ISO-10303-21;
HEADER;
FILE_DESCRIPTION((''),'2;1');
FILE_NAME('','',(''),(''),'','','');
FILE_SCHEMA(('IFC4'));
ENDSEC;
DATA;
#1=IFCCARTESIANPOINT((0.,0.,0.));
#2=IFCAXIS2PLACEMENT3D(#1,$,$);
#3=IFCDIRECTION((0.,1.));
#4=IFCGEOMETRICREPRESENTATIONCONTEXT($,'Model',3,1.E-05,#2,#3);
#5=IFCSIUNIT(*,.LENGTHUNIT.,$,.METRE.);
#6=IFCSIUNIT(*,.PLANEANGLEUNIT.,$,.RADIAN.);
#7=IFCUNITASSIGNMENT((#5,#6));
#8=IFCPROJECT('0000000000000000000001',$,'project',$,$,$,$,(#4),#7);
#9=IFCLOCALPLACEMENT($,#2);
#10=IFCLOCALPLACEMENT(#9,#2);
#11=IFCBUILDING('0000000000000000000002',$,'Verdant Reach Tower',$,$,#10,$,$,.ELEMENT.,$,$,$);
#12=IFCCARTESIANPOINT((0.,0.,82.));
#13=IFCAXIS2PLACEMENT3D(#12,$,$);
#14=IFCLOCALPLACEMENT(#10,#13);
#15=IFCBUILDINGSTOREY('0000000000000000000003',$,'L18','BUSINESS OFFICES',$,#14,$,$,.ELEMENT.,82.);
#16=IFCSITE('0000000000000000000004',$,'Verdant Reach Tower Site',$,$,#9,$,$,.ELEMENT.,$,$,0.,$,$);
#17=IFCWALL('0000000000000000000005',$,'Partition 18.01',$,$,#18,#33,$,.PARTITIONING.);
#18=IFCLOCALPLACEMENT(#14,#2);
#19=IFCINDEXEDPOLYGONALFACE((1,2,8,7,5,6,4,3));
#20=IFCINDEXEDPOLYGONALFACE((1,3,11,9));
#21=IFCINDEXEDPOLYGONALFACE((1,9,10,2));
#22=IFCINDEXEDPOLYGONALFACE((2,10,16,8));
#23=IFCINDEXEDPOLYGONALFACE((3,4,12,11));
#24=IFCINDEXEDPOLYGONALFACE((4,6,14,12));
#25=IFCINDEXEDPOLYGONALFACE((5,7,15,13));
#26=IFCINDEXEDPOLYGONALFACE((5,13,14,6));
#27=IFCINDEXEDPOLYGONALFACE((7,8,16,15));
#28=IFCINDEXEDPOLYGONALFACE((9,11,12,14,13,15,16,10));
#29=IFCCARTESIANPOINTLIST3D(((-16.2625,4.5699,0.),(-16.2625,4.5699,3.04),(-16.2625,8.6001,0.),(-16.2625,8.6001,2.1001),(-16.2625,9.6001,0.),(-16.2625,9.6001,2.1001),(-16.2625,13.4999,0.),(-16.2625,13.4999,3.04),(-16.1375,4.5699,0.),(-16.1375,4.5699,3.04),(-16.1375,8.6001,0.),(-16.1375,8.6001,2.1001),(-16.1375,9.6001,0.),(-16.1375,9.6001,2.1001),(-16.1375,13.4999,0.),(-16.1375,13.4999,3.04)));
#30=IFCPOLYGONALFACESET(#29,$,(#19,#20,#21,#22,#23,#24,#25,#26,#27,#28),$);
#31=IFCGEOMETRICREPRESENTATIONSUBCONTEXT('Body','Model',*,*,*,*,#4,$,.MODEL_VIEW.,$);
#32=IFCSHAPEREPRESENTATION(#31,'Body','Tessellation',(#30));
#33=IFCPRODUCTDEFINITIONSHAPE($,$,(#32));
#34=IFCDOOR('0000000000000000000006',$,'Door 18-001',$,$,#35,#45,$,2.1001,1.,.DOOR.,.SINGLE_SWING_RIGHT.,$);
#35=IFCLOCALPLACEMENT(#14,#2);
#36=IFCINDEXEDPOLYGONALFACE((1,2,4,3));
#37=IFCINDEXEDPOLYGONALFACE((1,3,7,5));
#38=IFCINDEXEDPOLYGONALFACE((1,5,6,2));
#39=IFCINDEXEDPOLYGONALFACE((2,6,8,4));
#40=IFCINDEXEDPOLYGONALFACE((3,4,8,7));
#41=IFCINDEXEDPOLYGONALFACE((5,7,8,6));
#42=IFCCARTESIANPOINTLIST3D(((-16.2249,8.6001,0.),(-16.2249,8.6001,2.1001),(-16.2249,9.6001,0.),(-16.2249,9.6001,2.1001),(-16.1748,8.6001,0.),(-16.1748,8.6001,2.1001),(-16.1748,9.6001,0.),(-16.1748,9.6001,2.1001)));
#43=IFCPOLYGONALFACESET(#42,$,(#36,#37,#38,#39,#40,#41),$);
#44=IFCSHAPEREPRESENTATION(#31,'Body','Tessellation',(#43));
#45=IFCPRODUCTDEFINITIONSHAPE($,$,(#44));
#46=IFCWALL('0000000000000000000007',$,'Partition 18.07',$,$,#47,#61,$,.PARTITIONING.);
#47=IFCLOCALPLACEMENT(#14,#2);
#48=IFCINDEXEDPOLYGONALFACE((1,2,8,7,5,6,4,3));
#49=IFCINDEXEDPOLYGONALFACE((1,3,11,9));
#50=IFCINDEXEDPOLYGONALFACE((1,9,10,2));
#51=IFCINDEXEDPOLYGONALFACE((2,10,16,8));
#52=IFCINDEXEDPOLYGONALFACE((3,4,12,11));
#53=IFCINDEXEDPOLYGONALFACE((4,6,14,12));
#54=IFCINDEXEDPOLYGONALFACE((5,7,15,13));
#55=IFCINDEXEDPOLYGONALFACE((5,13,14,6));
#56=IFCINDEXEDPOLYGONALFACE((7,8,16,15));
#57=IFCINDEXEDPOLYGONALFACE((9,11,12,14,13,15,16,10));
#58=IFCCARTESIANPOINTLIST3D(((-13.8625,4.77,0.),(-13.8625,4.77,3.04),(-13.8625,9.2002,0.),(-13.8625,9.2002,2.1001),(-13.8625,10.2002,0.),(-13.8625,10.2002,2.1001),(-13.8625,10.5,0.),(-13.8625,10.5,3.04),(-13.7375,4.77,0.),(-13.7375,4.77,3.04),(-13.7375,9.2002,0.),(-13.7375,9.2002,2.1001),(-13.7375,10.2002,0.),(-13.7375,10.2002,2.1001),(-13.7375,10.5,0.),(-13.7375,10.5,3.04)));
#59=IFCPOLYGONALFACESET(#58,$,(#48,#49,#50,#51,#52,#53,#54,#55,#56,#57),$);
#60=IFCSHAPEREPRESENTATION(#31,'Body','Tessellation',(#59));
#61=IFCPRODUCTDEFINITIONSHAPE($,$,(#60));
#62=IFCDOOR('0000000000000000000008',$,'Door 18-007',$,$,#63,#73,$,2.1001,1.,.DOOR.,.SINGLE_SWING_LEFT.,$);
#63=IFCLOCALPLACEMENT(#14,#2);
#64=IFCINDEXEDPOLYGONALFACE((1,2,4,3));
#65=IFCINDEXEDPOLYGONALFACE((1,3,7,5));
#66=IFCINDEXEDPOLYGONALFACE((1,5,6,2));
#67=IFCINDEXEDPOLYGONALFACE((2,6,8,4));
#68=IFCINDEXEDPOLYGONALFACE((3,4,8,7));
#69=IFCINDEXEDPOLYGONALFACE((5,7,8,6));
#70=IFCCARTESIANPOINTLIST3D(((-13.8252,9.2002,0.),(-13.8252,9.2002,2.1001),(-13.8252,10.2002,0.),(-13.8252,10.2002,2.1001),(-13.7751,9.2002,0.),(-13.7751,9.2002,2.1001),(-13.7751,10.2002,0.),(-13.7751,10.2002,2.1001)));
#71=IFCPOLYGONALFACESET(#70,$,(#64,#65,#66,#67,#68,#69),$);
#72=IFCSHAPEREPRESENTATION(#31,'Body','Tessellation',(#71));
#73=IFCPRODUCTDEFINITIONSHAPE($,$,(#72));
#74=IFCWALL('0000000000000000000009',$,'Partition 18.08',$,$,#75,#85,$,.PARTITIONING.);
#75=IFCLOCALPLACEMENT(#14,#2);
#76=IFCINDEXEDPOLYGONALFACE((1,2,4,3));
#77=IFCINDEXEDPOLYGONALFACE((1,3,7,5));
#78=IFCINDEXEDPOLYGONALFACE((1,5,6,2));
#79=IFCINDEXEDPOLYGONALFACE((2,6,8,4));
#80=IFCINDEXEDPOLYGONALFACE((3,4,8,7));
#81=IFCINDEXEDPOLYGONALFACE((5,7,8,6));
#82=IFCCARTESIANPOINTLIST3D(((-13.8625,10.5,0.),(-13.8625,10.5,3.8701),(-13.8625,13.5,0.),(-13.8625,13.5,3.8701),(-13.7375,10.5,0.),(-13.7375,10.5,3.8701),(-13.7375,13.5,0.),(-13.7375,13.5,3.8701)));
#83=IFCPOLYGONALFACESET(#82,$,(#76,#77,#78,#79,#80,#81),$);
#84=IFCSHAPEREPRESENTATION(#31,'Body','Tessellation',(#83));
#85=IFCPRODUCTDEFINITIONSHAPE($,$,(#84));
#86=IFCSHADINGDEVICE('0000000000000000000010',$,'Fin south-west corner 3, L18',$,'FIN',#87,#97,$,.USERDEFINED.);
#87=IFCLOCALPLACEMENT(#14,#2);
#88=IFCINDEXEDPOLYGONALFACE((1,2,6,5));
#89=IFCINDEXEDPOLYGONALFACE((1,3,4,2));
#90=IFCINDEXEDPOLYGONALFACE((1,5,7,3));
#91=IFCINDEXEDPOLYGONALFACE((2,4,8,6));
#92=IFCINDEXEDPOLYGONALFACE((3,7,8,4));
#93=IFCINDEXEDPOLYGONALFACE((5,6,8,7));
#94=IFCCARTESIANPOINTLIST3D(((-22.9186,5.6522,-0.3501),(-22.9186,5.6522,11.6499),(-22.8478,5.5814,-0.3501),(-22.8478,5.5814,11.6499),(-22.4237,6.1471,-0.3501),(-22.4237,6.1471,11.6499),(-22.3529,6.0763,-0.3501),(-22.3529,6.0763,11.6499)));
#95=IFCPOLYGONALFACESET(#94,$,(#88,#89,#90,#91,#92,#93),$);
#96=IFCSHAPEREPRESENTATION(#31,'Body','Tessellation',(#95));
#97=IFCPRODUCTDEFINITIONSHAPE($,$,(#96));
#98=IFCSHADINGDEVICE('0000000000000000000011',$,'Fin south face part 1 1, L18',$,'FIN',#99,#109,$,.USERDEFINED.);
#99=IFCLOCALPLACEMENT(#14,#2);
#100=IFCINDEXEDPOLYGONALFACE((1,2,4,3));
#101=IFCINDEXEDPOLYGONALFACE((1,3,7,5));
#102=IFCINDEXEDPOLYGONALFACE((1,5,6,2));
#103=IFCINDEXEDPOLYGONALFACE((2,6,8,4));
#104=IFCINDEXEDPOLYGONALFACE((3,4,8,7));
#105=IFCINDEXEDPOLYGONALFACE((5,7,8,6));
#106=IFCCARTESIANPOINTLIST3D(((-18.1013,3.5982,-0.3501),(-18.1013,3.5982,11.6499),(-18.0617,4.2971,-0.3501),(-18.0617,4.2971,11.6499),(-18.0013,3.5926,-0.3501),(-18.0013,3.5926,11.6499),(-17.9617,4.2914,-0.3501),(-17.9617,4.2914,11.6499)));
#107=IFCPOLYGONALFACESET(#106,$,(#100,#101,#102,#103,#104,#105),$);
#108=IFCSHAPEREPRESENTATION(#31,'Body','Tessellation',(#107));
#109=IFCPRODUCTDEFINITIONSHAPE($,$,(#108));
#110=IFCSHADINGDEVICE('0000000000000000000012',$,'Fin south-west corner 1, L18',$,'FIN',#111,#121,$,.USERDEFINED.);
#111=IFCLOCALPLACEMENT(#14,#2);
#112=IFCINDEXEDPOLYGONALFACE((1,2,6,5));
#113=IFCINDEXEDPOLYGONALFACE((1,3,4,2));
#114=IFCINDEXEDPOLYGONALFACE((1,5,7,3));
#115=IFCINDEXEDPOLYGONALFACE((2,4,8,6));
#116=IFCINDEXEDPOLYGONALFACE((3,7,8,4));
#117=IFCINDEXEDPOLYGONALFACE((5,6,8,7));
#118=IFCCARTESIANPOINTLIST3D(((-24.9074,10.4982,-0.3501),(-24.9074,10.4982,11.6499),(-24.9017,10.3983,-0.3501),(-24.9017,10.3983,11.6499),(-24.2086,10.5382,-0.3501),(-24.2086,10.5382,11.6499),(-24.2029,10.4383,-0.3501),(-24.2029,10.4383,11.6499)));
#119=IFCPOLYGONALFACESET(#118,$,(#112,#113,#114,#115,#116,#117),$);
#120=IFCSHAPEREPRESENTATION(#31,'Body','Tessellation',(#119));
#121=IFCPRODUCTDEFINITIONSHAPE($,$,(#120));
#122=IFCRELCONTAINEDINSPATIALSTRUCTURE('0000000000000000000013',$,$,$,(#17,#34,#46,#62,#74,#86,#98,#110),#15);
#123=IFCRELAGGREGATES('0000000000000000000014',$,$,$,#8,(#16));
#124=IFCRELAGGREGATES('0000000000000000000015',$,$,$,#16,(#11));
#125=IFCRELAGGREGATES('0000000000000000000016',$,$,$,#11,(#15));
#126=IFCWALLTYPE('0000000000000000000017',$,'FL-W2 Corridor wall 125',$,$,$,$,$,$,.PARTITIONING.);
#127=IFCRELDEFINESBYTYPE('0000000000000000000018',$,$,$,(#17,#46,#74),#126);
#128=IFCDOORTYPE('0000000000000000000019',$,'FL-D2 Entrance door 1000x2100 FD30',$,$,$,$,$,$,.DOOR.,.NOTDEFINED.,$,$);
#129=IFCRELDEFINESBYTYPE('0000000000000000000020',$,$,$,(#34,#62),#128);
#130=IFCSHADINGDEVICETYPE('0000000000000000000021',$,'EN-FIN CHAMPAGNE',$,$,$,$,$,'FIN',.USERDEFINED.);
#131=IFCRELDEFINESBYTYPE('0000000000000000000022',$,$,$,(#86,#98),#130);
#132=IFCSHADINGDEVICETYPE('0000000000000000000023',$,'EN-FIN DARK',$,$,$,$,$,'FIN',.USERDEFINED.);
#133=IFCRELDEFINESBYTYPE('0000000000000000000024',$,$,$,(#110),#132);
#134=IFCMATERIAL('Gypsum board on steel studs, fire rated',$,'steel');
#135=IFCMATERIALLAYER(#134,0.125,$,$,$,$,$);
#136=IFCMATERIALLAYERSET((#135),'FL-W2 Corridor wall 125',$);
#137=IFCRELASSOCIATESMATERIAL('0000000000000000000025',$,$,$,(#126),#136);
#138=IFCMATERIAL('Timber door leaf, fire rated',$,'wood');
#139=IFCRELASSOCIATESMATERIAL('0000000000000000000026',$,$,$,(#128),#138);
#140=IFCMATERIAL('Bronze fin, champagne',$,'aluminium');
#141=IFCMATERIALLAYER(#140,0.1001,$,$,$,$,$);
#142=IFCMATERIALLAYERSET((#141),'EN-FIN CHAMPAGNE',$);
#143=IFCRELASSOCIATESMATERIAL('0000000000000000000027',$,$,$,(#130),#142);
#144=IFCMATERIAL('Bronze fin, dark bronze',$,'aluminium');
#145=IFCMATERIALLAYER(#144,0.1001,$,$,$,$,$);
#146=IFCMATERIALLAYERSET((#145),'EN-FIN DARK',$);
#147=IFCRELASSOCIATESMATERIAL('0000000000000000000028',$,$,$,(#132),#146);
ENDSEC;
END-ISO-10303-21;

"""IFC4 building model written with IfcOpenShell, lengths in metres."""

from ifc_helpers import new_model, si_unit, direction, frame, frame_2d, origin, origin_2d, place, context, subcontext, project, spatial, rectangle, extrude, material, layer, layer_set, type_object, element, fill, save


model = new_model("IFC4")

# Units and contexts
model_context = context("Model", 3, precision=1e-05, world=origin(), true_north=direction((0.0, 1.0)))
body_context = subcontext(model_context, "Body", "Model", "MODEL_VIEW")
ifc_project = project(units=[si_unit("LENGTHUNIT", "METRE"), si_unit("PLANEANGLEUNIT", "RADIAN")], contexts=[model_context])

# Site, building, storey
site_placement = place(None, origin())
site = spatial("IfcSite", under=ifc_project, at=site_placement, Name="Verdant Reach Tower Site", CompositionType="ELEMENT", RefElevation=0.0)
building_placement = place(site_placement, origin())
building = spatial("IfcBuilding", under=site, at=building_placement, Name="Verdant Reach Tower", CompositionType="ELEMENT")
storey_placement = place(building_placement, frame((0.0, 0.0, 82.0)))
storey = spatial("IfcBuildingStorey", under=building, at=storey_placement, Name="L18", Description="BUSINESS OFFICES", CompositionType="ELEMENT", Elevation=82.0)

# Walls, openings, doors
ifc_material_1 = material(Name="Gypsum board on steel studs, fire rated", Category="steel")
ifc_layer_1 = layer(ifc_material_1, 0.125)
ifc_layer_set_1 = layer_set([ifc_layer_1], Name="FL-W2 Corridor wall 125")
wall_type_1 = type_object("IfcWallType", Name="FL-W2 Corridor wall 125", PredefinedType="PARTITIONING", material=ifc_layer_set_1)
wall_1_placement = place(storey_placement, frame((-16.2, 4.5701, 0.0), z_axis=(0.0, 0.0, 1.0), x_axis=(0.0, 1.0, 0.0)))
wall_1 = element("IfcWall", 1, at=wall_1_placement, inside=storey, type_object=wall_type_1, Name="Partition 18.01", PredefinedType="PARTITIONING", context=body_context, shape_type="SweptSolid", body=[
    extrude(rectangle(XDim=8.9299, YDim=0.125, at=frame_2d((4.4648, 0.0))), origin(), (0.0, 0.0, 1.0), 3.04),
])
opening_1_placement = place(wall_1_placement, frame((4.03, 0.0, 0.0)))
opening_1 = element("IfcOpeningElement", 2, at=opening_1_placement, cuts=wall_1, PredefinedType="OPENING", context=body_context, shape_type="SweptSolid", body=[
    extrude(rectangle(XDim=1.0, YDim=2.1001, at=frame_2d((0.5, 1.05))), frame((0.0, 0.0725, 0.0), z_axis=(0.0, -1.0, 0.0), x_axis=(1.0, 0.0, 0.0)), (0.0, 0.0, 1.0), 0.145),
])
ifc_material_2 = material(Name="Timber door leaf, fire rated", Category="wood")
door_type_1 = type_object("IfcDoorType", Name="FL-D2 Entrance door 1000x2100 FD30", OperationType="NOTDEFINED", PredefinedType="DOOR", material=ifc_material_2)
door_1_placement = place(opening_1_placement, origin())
door_1 = element("IfcDoor", 3, at=door_1_placement, inside=storey, type_object=door_type_1, Name="Door 18-001", OperationType="SINGLE_SWING_RIGHT", OverallHeight=2.1001, OverallWidth=1.0, PredefinedType="DOOR", context=body_context, shape_type="SweptSolid", body=[
    extrude(rectangle(XDim=1.0, YDim=2.1001, at=frame_2d((0.5, 1.05))), frame((0.0, 0.0249, 0.0), z_axis=(0.0, -1.0, 0.0), x_axis=(1.0, 0.0, 0.0)), (0.0, 0.0, 1.0), 0.05),
])
fill(opening_1, door_1)
wall_2_placement = place(storey_placement, frame((-13.8, 10.5, 0.0), z_axis=(0.0, 0.0, 1.0), x_axis=(0.0, -1.0, 0.0)))
wall_2 = element("IfcWall", 4, at=wall_2_placement, inside=storey, type_object=wall_type_1, Name="Partition 18.07", PredefinedType="PARTITIONING", context=body_context, shape_type="SweptSolid", body=[
    extrude(rectangle(XDim=5.73, YDim=0.125, at=frame_2d((2.865, 0.0))), origin(), (0.0, 0.0, 1.0), 3.04),
])
opening_2_placement = place(wall_2_placement, frame((0.2998, 0.0, 0.0)))
opening_2 = element("IfcOpeningElement", 5, at=opening_2_placement, cuts=wall_2, PredefinedType="OPENING", context=body_context, shape_type="SweptSolid", body=[
    extrude(rectangle(XDim=1.0, YDim=2.1001, at=frame_2d((0.5, 1.05))), frame((0.0, 0.0725, 0.0), z_axis=(0.0, -1.0, 0.0), x_axis=(1.0, 0.0, 0.0)), (0.0, 0.0, 1.0), 0.145),
])
door_2_placement = place(opening_2_placement, origin())
door_2 = element("IfcDoor", 6, at=door_2_placement, inside=storey, type_object=door_type_1, Name="Door 18-007", OperationType="SINGLE_SWING_LEFT", OverallHeight=2.1001, OverallWidth=1.0, PredefinedType="DOOR", context=body_context, shape_type="SweptSolid", body=[
    extrude(rectangle(XDim=1.0, YDim=2.1001, at=frame_2d((0.5, 1.05))), frame((0.0, 0.0249, 0.0), z_axis=(0.0, -1.0, 0.0), x_axis=(1.0, 0.0, 0.0)), (0.0, 0.0, 1.0), 0.05),
])
fill(opening_2, door_2)

# Wall
wall_3_placement = place(storey_placement, frame((-13.8, 10.5, 0.0), z_axis=(0.0, 0.0, 1.0), x_axis=(0.0, 1.0, 0.0)))
element("IfcWall", 7, at=wall_3_placement, inside=storey, type_object=wall_type_1, Name="Partition 18.08", PredefinedType="PARTITIONING", context=body_context, shape_type="SweptSolid", body=[
    extrude(rectangle(XDim=3.0, YDim=0.125, at=frame_2d((1.5, 0.0))), origin(), (0.0, 0.0, 1.0), 3.8701),
])

# Shading devices
ifc_material_3 = material(Name="Bronze fin, champagne", Category="aluminium")
ifc_layer_2 = layer(ifc_material_3, 0.1001)
ifc_layer_set_2 = layer_set([ifc_layer_2], Name="EN-FIN CHAMPAGNE")
shading_device_type_1 = type_object("IfcShadingDeviceType", Name="EN-FIN CHAMPAGNE", ElementType="FIN", PredefinedType="USERDEFINED", material=ifc_layer_set_2)
for number, where, z_axis, x_axis, name in (
    (8, (-22.6357, 5.8643, -0.3501), (0.0, 0.0, 1.0), (0.707107, -0.707107, 0.0), "Fin south-west corner 3, L18"),
    (9, (-18.0315, 3.9448, -0.3501), (0.0, 0.0, 1.0), (0.998399, -0.056569, 0.0), "Fin south face part 1 1, L18"),
):
    element("IfcShadingDevice", number, at=place(storey_placement, frame(where, z_axis=z_axis, x_axis=x_axis)), inside=storey, type_object=shading_device_type_1, Name=name, ObjectType="FIN", PredefinedType="USERDEFINED", context=body_context, shape_type="SweptSolid", body=[
        extrude(rectangle(XDim=0.1001, YDim=0.7, at=origin_2d()), origin(), (0.0, 0.0, 1.0), 12.0),
    ])
ifc_material_4 = material(Name="Bronze fin, dark bronze", Category="aluminium")
ifc_layer_3 = layer(ifc_material_4, 0.1001)
ifc_layer_set_3 = layer_set([ifc_layer_3], Name="EN-FIN DARK")
shading_device_type_2 = type_object("IfcShadingDeviceType", Name="EN-FIN DARK", ElementType="FIN", PredefinedType="USERDEFINED", material=ifc_layer_set_3)
shading_device_placement = place(storey_placement, frame((-24.5552, 10.4683, -0.3501), z_axis=(0.0, 0.0, 1.0), x_axis=(0.057135, -0.998366, 0.0)))
element("IfcShadingDevice", 10, at=shading_device_placement, inside=storey, type_object=shading_device_type_2, Name="Fin south-west corner 1, L18", ObjectType="FIN", PredefinedType="USERDEFINED", context=body_context, shape_type="SweptSolid", body=[
    extrude(rectangle(XDim=0.1001, YDim=0.7, at=origin_2d()), origin(), (0.0, 0.0, 1.0), 12.0),
])

save(model, "model.ifc")
